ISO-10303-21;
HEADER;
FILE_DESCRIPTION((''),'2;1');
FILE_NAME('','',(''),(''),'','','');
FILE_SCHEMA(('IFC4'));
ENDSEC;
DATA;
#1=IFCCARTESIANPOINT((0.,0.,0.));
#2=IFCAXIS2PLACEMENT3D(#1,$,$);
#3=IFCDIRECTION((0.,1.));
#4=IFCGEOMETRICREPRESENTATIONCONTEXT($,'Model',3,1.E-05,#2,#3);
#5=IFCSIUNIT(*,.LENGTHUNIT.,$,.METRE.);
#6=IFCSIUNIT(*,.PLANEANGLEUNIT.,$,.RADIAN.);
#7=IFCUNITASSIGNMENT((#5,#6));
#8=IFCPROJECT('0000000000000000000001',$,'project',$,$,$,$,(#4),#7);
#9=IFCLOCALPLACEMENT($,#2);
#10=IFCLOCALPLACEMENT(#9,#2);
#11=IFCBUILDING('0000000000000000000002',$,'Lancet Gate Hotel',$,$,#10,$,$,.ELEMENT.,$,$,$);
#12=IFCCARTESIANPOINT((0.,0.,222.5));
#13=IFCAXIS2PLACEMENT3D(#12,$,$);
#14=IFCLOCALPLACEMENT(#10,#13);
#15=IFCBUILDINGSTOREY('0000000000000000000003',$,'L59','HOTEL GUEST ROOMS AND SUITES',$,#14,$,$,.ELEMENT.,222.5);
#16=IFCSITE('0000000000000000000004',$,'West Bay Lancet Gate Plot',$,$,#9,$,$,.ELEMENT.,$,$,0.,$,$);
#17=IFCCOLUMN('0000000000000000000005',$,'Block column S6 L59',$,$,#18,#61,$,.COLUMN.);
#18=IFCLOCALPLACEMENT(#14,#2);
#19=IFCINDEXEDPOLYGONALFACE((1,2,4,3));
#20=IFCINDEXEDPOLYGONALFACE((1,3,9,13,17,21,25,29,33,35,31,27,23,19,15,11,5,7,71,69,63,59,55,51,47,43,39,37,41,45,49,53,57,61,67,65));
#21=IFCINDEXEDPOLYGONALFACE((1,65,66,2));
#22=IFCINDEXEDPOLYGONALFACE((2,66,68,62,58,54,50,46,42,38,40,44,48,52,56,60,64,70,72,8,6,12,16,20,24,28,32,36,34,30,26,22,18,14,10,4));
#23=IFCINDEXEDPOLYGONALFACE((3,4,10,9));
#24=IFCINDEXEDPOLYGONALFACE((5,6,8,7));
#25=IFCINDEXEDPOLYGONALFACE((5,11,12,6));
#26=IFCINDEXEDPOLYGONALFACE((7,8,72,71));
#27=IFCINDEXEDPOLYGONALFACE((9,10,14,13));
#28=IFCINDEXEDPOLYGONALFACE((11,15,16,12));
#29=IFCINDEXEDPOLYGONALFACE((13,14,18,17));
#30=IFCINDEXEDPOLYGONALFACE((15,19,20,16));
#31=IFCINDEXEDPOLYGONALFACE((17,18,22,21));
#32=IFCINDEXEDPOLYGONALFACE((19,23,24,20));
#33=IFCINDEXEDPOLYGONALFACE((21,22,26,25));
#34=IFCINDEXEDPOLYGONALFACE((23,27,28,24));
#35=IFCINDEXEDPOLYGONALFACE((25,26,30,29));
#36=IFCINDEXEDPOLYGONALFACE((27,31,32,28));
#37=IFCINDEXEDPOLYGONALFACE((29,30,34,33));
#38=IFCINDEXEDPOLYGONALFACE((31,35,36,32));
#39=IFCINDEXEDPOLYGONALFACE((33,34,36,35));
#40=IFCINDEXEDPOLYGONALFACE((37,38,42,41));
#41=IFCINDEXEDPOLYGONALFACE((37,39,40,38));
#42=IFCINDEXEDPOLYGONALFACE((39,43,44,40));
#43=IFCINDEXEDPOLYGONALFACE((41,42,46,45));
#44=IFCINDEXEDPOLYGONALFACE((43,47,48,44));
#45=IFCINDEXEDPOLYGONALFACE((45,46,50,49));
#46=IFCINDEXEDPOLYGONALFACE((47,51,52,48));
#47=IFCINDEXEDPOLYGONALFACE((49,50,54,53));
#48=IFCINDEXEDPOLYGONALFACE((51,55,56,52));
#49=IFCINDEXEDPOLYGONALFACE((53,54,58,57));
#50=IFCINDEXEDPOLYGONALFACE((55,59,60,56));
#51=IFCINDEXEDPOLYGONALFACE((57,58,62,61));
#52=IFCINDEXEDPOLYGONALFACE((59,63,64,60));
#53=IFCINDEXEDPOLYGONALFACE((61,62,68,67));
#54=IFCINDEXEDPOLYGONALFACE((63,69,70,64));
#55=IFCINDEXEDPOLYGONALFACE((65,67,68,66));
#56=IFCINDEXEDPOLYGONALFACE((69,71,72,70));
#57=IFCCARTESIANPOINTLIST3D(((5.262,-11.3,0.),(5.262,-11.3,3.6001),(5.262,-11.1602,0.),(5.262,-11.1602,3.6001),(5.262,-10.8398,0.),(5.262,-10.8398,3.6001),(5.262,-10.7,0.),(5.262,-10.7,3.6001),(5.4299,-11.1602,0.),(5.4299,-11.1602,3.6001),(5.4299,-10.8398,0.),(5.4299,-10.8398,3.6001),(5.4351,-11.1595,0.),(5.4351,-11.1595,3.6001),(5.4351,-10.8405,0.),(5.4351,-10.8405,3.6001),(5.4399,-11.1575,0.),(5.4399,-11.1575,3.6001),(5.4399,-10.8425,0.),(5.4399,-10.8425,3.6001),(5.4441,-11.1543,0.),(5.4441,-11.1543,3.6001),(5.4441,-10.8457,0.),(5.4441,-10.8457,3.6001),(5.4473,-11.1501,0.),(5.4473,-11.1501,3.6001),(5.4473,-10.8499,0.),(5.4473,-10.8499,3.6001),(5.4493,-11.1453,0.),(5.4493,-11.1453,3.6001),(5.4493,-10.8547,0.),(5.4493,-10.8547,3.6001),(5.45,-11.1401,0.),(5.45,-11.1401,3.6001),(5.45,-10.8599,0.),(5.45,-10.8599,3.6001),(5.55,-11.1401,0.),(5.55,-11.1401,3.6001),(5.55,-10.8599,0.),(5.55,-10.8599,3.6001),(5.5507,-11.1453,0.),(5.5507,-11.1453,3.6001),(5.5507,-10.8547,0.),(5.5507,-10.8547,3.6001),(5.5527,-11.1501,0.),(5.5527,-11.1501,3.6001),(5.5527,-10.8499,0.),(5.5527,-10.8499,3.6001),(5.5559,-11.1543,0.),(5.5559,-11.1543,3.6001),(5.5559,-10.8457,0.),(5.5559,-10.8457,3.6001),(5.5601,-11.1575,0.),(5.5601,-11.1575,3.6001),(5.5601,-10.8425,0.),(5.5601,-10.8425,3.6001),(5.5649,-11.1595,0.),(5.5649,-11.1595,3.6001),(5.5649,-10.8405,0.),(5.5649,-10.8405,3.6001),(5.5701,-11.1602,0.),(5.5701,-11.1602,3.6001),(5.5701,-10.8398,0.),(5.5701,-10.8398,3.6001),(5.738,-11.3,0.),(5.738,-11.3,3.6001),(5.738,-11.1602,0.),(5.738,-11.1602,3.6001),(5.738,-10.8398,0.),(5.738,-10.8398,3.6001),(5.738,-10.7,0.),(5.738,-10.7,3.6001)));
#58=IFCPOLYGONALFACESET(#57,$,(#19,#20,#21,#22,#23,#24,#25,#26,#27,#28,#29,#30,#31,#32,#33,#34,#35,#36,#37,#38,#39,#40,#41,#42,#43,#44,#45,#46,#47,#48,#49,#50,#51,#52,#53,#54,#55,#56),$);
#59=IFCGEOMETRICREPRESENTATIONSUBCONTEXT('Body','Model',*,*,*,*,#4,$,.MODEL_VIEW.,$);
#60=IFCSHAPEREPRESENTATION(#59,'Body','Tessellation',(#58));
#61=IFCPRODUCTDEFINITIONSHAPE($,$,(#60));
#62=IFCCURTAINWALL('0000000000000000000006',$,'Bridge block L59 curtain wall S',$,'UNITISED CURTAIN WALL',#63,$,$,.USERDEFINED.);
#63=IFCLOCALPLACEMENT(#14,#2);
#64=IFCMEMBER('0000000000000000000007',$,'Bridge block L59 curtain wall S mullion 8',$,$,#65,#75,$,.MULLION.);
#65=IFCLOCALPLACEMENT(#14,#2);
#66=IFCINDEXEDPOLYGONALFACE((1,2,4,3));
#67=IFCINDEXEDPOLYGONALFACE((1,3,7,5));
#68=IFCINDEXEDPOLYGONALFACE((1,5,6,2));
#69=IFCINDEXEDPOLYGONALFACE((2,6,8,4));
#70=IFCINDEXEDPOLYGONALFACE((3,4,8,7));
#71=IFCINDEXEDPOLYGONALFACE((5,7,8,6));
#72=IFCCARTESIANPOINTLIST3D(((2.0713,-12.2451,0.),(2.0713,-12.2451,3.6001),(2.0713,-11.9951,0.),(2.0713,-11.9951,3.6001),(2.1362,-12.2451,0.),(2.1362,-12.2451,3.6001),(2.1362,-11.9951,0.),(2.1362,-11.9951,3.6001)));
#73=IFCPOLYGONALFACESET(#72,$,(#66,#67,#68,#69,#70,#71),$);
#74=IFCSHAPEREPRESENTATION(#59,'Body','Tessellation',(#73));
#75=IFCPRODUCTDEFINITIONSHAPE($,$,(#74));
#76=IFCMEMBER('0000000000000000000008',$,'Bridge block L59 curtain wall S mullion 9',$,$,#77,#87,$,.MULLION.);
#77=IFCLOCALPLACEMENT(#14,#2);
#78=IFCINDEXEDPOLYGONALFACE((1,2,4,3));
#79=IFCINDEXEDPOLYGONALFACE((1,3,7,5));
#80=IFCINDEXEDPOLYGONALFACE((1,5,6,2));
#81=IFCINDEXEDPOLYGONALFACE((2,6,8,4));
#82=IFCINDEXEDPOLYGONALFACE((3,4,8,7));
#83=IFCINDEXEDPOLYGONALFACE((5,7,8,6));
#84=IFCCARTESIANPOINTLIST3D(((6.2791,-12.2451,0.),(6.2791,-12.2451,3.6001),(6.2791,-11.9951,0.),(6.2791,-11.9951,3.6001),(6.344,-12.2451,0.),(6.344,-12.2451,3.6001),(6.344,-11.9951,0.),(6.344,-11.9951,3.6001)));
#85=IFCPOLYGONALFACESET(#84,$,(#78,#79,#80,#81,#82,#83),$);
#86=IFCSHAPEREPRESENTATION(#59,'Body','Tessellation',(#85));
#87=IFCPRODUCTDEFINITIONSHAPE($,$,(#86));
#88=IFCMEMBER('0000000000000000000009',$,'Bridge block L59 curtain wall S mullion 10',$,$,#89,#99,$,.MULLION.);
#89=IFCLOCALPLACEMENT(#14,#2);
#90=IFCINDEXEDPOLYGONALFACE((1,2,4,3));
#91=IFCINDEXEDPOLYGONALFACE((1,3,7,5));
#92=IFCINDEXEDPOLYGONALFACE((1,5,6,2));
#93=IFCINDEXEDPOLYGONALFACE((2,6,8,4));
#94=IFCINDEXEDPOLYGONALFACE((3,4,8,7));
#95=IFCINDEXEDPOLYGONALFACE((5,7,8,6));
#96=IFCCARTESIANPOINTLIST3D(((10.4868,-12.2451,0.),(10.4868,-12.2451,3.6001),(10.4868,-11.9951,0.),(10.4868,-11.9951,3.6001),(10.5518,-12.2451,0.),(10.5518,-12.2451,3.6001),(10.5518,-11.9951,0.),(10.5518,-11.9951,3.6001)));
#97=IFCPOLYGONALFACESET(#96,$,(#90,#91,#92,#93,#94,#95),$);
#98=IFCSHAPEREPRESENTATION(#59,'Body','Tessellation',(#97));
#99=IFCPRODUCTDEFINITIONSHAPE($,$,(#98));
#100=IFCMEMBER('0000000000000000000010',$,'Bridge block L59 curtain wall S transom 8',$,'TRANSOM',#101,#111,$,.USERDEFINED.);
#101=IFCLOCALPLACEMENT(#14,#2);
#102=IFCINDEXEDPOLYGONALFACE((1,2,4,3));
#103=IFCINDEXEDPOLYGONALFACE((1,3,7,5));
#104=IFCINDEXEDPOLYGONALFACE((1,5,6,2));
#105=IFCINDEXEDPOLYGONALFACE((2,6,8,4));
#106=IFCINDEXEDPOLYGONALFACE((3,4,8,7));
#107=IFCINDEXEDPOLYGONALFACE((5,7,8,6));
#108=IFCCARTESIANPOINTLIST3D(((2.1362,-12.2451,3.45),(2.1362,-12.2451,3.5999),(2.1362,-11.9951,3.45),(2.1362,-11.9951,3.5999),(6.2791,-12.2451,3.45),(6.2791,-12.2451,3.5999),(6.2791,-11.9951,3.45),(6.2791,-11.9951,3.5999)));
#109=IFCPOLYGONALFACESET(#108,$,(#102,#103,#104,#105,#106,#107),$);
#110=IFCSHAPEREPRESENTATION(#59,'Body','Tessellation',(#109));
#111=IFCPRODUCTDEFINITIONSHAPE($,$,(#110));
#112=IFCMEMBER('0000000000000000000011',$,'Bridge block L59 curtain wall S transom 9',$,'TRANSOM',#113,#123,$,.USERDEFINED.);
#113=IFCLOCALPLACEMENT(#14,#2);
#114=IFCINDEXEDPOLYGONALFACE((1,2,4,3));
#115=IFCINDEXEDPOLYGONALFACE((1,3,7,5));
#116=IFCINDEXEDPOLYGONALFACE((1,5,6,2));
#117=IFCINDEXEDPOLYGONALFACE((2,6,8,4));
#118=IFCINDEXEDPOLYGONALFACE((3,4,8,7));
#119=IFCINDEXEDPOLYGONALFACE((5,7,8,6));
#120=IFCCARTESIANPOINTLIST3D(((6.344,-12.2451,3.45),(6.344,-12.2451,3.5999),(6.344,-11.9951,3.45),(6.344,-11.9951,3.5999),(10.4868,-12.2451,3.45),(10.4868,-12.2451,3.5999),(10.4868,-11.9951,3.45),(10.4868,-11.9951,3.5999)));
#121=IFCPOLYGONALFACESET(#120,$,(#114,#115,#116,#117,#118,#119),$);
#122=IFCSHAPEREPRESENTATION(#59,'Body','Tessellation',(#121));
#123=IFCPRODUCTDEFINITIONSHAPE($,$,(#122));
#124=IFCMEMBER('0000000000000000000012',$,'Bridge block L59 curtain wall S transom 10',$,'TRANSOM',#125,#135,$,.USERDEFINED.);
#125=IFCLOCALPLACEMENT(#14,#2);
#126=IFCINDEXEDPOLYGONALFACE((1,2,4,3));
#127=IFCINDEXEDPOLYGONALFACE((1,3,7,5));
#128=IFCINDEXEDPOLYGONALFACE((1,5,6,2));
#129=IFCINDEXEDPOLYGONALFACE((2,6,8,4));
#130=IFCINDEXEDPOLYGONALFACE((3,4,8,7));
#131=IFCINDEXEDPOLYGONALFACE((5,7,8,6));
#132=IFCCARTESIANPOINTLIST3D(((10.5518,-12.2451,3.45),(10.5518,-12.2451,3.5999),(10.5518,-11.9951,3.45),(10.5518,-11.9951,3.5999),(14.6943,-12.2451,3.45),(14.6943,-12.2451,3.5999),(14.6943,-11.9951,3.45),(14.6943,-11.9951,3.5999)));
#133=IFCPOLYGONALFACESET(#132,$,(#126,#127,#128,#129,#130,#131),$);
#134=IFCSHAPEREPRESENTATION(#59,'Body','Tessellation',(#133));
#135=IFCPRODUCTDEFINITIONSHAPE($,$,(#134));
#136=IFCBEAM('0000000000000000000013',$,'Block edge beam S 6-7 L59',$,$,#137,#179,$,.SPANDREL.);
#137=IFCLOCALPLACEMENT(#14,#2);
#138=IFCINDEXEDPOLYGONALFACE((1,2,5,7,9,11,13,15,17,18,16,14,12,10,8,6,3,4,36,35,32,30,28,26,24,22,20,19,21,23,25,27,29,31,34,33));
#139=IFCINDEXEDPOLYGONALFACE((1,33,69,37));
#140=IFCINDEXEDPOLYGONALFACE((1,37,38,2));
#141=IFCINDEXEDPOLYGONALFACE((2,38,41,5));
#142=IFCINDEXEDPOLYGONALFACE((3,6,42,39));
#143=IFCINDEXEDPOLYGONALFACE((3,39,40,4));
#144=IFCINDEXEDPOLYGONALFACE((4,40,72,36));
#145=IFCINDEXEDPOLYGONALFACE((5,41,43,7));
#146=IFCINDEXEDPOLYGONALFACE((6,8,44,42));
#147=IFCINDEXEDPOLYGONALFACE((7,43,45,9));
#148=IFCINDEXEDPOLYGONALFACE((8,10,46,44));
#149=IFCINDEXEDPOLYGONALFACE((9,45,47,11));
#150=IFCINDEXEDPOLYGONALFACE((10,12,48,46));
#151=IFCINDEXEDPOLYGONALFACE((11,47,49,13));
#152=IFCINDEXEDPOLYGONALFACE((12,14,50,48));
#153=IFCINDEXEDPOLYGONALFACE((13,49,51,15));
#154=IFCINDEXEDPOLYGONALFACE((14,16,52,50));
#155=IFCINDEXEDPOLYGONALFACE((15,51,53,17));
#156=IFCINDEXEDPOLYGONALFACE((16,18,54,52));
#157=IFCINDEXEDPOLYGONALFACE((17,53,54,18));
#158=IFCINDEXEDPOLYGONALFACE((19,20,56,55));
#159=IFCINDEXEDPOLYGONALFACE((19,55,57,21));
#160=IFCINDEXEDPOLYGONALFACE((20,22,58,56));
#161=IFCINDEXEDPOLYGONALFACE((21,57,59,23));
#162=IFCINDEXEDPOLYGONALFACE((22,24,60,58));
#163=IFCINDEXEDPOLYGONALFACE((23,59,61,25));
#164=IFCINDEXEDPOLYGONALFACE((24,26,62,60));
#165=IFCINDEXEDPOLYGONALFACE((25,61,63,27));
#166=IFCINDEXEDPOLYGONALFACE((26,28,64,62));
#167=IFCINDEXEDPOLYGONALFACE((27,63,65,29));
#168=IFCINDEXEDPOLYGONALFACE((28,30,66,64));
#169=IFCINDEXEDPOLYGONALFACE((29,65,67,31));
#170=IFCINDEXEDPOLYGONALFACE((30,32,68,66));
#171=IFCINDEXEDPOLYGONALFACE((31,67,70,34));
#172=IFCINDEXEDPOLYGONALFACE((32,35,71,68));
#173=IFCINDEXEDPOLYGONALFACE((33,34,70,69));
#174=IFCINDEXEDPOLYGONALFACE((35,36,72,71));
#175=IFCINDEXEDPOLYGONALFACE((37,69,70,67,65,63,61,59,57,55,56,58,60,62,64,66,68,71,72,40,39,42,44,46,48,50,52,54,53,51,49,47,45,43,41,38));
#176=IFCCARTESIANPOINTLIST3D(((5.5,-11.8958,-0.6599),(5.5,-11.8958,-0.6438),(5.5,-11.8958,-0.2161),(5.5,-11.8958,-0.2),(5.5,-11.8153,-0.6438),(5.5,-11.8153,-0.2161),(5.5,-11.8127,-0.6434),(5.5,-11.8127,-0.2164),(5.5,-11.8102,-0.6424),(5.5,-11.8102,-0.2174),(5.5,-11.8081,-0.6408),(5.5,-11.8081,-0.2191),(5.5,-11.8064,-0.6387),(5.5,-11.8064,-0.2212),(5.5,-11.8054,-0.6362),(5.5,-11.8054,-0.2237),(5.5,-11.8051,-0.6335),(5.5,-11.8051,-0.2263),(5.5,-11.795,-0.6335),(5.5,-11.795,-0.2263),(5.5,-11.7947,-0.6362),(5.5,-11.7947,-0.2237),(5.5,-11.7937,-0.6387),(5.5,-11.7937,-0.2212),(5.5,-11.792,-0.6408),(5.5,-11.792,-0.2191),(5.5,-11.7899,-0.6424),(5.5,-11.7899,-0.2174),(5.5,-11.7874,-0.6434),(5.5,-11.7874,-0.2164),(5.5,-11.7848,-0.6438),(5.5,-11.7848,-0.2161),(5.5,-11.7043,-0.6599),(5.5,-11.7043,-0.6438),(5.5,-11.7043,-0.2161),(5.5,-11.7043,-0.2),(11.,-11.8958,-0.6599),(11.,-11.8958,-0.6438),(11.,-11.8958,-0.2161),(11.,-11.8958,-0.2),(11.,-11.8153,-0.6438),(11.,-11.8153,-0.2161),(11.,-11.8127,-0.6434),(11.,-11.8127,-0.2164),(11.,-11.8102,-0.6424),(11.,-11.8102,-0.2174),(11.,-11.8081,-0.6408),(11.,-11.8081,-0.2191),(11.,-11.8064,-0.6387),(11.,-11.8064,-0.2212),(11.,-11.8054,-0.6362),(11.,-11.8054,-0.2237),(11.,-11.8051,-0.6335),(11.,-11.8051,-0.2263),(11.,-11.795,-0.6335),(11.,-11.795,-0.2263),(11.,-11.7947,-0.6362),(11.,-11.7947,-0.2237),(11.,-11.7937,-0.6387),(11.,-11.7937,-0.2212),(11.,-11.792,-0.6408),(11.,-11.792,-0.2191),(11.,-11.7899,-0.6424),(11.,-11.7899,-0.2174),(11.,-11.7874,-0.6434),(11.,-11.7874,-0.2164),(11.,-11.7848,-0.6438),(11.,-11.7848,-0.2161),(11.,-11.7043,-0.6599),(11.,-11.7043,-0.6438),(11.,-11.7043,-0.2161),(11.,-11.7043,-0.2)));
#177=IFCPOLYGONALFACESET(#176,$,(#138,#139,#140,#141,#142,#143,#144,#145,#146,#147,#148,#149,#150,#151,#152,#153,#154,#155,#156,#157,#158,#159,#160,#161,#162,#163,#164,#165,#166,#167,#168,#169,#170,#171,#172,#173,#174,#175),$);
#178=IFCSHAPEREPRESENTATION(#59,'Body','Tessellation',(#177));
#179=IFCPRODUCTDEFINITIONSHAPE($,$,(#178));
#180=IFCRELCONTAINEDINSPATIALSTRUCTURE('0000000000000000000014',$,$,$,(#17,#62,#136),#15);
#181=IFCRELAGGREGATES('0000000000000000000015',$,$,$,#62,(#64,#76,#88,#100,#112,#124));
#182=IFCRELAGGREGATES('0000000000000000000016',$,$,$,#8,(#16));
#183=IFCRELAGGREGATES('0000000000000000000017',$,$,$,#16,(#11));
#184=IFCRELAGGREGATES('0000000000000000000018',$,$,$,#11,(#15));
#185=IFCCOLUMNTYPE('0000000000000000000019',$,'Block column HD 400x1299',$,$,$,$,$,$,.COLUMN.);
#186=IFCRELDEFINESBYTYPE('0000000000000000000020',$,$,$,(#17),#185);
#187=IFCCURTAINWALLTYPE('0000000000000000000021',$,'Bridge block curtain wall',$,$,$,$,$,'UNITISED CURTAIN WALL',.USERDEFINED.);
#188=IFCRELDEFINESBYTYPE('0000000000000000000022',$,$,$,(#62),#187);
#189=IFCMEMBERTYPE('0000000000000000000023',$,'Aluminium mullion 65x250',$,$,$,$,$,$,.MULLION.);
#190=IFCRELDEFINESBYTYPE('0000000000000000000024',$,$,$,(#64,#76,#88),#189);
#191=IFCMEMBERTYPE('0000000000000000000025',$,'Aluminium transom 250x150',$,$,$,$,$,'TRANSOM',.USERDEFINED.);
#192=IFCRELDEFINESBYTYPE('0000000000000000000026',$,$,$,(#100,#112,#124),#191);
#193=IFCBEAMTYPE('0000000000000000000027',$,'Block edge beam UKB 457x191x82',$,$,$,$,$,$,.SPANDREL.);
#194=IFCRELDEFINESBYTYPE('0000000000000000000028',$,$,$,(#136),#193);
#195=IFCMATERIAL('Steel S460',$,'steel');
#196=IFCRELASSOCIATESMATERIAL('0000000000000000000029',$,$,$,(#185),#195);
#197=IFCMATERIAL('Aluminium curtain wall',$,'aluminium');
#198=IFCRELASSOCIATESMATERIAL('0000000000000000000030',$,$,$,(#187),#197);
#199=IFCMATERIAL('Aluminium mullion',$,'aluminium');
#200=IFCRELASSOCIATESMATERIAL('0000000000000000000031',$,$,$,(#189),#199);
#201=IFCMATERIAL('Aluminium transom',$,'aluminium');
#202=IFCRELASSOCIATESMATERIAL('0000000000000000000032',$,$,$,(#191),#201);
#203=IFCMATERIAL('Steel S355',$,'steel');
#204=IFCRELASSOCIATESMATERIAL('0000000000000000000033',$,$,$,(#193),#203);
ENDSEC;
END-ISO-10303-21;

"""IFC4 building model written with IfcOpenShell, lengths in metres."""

from ifc_helpers import new_model, si_unit, direction, frame, origin, origin_2d, place, context, subcontext, project, spatial, rectangle, i_section, extrude, material, material_profile, profile_set, type_object, element, aggregate, save


model = new_model("IFC4")

# Units and contexts
model_context = context("Model", 3, precision=1e-05, world=origin(), true_north=direction((0.0, 1.0)))
body_context = subcontext(model_context, "Body", "Model", "MODEL_VIEW")
ifc_project = project(units=[si_unit("LENGTHUNIT", "METRE"), si_unit("PLANEANGLEUNIT", "RADIAN")], contexts=[model_context])

# Site, building, storey
site_placement = place(None, origin())
site = spatial("IfcSite", under=ifc_project, at=site_placement, Name="West Bay Lancet Gate Plot", CompositionType="ELEMENT", RefElevation=0.0)
building_placement = place(site_placement, origin())
building = spatial("IfcBuilding", under=site, at=building_placement, Name="Lancet Gate Hotel", CompositionType="ELEMENT")
storey_placement = place(building_placement, frame((0.0, 0.0, 222.5)))
storey = spatial("IfcBuildingStorey", under=building, at=storey_placement, Name="L59", Description="HOTEL GUEST ROOMS AND SUITES", CompositionType="ELEMENT", Elevation=222.5)

# Column
ifc_material_1 = material(Name="Steel S460", Category="steel")
ifc_material_profile_1 = material_profile(ifc_material_1, i_section(OverallWidth=0.4761, OverallDepth=0.6001, WebThickness=0.1001, FlangeThickness=0.1399, FilletRadius=0.02, at=origin_2d()), Name="HD 400x1299")
ifc_profile_set_1 = profile_set([ifc_material_profile_1], Name="Steel S460")
column_type = type_object("IfcColumnType", Name="Block column HD 400x1299", PredefinedType="COLUMN", material=ifc_profile_set_1)
column_placement = place(storey_placement, frame((5.5, -11.0, 0.0), z_axis=(0.0, 0.0, 1.0), x_axis=(1.0, 0.0, 0.0)))
element("IfcColumn", 1, at=column_placement, inside=storey, type_object=column_type, Name="Block column S6 L59", PredefinedType="COLUMN", context=body_context, shape_type="SweptSolid", body=[
    extrude(i_section(OverallWidth=0.4761, OverallDepth=0.6001, WebThickness=0.1001, FlangeThickness=0.1399, FilletRadius=0.02, at=origin_2d()), origin(), (0.0, 0.0, 1.0), 3.6001),
])

# Curtain wall, members
ifc_material_2 = material(Name="Aluminium curtain wall", Category="aluminium")
curtain_wall_type = type_object("IfcCurtainWallType", Name="Bridge block curtain wall", ElementType="UNITISED CURTAIN WALL", PredefinedType="USERDEFINED", material=ifc_material_2)
curtain_wall_placement = place(storey_placement, origin())
curtain_wall = element("IfcCurtainWall", 2, at=curtain_wall_placement, inside=storey, type_object=curtain_wall_type, Name="Bridge block L59 curtain wall S", ObjectType="UNITISED CURTAIN WALL", PredefinedType="USERDEFINED")
ifc_material_3 = material(Name="Aluminium mullion", Category="aluminium")
ifc_material_profile_2 = material_profile(ifc_material_3, rectangle(XDim=0.0649, YDim=0.25, at=origin_2d()), Name="MULLION 65x250")
ifc_profile_set_2 = profile_set([ifc_material_profile_2], Name="Aluminium mullion")
member_type_1 = type_object("IfcMemberType", Name="Aluminium mullion 65x250", PredefinedType="MULLION", material=ifc_profile_set_2)
member_1_placement = place(storey_placement, frame((2.1038, -12.1201, 0.0), z_axis=(0.0, 0.0, 1.0), x_axis=(1.0, 0.0, 0.0)))
member_1 = element("IfcMember", 3, at=member_1_placement, type_object=member_type_1, Name="Bridge block L59 curtain wall S mullion 8", PredefinedType="MULLION", context=body_context, shape_type="SweptSolid", body=[
    extrude(rectangle(XDim=0.0649, YDim=0.25, at=origin_2d()), origin(), (0.0, 0.0, 1.0), 3.6001),
])
member_2_placement = place(storey_placement, frame((6.3115, -12.1201, 0.0), z_axis=(0.0, 0.0, 1.0), x_axis=(1.0, 0.0, 0.0)))
member_2 = element("IfcMember", 4, at=member_2_placement, type_object=member_type_1, Name="Bridge block L59 curtain wall S mullion 9", PredefinedType="MULLION", context=body_context, shape_type="SweptSolid", body=[
    extrude(rectangle(XDim=0.0649, YDim=0.25, at=origin_2d()), origin(), (0.0, 0.0, 1.0), 3.6001),
])
member_3_placement = place(storey_placement, frame((10.5193, -12.1201, 0.0), z_axis=(0.0, 0.0, 1.0), x_axis=(1.0, 0.0, 0.0)))
member_3 = element("IfcMember", 5, at=member_3_placement, type_object=member_type_1, Name="Bridge block L59 curtain wall S mullion 10", PredefinedType="MULLION", context=body_context, shape_type="SweptSolid", body=[
    extrude(rectangle(XDim=0.0649, YDim=0.25, at=origin_2d()), origin(), (0.0, 0.0, 1.0), 3.6001),
])
ifc_material_4 = material(Name="Aluminium transom", Category="aluminium")
ifc_material_profile_3 = material_profile(ifc_material_4, rectangle(XDim=0.25, YDim=0.1499, at=origin_2d()), Name="TRANSOM 250x150")
ifc_profile_set_3 = profile_set([ifc_material_profile_3], Name="Aluminium transom")
member_type_2 = type_object("IfcMemberType", Name="Aluminium transom 250x150", ElementType="TRANSOM", PredefinedType="USERDEFINED", material=ifc_profile_set_3)
member_4_placement = place(storey_placement, frame((2.1362, -12.1201, 3.5249), z_axis=(1.0, 0.0, 0.0), x_axis=(0.0, 1.0, 0.0)))
member_4 = element("IfcMember", 6, at=member_4_placement, type_object=member_type_2, Name="Bridge block L59 curtain wall S transom 8", ObjectType="TRANSOM", PredefinedType="USERDEFINED", context=body_context, shape_type="SweptSolid", body=[
    extrude(rectangle(XDim=0.25, YDim=0.1499, at=origin_2d()), origin(), (0.0, 0.0, 1.0), 4.1428),
])
member_5_placement = place(storey_placement, frame((6.344, -12.1201, 3.5249), z_axis=(1.0, 0.0, 0.0), x_axis=(0.0, 1.0, 0.0)))
member_5 = element("IfcMember", 7, at=member_5_placement, type_object=member_type_2, Name="Bridge block L59 curtain wall S transom 9", ObjectType="TRANSOM", PredefinedType="USERDEFINED", context=body_context, shape_type="SweptSolid", body=[
    extrude(rectangle(XDim=0.25, YDim=0.1499, at=origin_2d()), origin(), (0.0, 0.0, 1.0), 4.1428),
])
member_6_placement = place(storey_placement, frame((10.5518, -12.1201, 3.5249), z_axis=(1.0, 0.0, 0.0), x_axis=(0.0, 1.0, 0.0)))
member_6 = element("IfcMember", 8, at=member_6_placement, type_object=member_type_2, Name="Bridge block L59 curtain wall S transom 10", ObjectType="TRANSOM", PredefinedType="USERDEFINED", context=body_context, shape_type="SweptSolid", body=[
    extrude(rectangle(XDim=0.25, YDim=0.1499, at=origin_2d()), origin(), (0.0, 0.0, 1.0), 4.1426),
])

# Beam
ifc_material_5 = material(Name="Steel S355", Category="steel")
ifc_material_profile_4 = material_profile(ifc_material_5, i_section(OverallWidth=0.1914, OverallDepth=0.46, WebThickness=0.01, FlangeThickness=0.0161, FilletRadius=0.0103, at=origin_2d()), Name="UKB 457x191x82")
ifc_profile_set_4 = profile_set([ifc_material_profile_4], Name="Steel S355")
beam_type_1 = type_object("IfcBeamType", Name="Block edge beam UKB 457x191x82", PredefinedType="SPANDREL", material=ifc_profile_set_4)
for number, where, z_axis, x_axis, name in (
    (9, (5.5, -11.8, -0.4299), (1.0, 0.0, 0.0), (0.0, 1.0, 0.0), "Block edge beam S 6-7 L59"),
):
    element("IfcBeam", number, at=place(storey_placement, frame(where, z_axis=z_axis, x_axis=x_axis)), inside=storey, type_object=beam_type_1, Name=name, PredefinedType="SPANDREL", context=body_context, shape_type="SweptSolid", body=[
        extrude(i_section(OverallWidth=0.1914, OverallDepth=0.46, WebThickness=0.01, FlangeThickness=0.0161, FilletRadius=0.0103, at=origin_2d()), origin(), (0.0, 0.0, 1.0), 5.5),
    ])

aggregate(curtain_wall, [member_1, member_2, member_3, member_4, member_5, member_6])

save(model, "model.ifc")
